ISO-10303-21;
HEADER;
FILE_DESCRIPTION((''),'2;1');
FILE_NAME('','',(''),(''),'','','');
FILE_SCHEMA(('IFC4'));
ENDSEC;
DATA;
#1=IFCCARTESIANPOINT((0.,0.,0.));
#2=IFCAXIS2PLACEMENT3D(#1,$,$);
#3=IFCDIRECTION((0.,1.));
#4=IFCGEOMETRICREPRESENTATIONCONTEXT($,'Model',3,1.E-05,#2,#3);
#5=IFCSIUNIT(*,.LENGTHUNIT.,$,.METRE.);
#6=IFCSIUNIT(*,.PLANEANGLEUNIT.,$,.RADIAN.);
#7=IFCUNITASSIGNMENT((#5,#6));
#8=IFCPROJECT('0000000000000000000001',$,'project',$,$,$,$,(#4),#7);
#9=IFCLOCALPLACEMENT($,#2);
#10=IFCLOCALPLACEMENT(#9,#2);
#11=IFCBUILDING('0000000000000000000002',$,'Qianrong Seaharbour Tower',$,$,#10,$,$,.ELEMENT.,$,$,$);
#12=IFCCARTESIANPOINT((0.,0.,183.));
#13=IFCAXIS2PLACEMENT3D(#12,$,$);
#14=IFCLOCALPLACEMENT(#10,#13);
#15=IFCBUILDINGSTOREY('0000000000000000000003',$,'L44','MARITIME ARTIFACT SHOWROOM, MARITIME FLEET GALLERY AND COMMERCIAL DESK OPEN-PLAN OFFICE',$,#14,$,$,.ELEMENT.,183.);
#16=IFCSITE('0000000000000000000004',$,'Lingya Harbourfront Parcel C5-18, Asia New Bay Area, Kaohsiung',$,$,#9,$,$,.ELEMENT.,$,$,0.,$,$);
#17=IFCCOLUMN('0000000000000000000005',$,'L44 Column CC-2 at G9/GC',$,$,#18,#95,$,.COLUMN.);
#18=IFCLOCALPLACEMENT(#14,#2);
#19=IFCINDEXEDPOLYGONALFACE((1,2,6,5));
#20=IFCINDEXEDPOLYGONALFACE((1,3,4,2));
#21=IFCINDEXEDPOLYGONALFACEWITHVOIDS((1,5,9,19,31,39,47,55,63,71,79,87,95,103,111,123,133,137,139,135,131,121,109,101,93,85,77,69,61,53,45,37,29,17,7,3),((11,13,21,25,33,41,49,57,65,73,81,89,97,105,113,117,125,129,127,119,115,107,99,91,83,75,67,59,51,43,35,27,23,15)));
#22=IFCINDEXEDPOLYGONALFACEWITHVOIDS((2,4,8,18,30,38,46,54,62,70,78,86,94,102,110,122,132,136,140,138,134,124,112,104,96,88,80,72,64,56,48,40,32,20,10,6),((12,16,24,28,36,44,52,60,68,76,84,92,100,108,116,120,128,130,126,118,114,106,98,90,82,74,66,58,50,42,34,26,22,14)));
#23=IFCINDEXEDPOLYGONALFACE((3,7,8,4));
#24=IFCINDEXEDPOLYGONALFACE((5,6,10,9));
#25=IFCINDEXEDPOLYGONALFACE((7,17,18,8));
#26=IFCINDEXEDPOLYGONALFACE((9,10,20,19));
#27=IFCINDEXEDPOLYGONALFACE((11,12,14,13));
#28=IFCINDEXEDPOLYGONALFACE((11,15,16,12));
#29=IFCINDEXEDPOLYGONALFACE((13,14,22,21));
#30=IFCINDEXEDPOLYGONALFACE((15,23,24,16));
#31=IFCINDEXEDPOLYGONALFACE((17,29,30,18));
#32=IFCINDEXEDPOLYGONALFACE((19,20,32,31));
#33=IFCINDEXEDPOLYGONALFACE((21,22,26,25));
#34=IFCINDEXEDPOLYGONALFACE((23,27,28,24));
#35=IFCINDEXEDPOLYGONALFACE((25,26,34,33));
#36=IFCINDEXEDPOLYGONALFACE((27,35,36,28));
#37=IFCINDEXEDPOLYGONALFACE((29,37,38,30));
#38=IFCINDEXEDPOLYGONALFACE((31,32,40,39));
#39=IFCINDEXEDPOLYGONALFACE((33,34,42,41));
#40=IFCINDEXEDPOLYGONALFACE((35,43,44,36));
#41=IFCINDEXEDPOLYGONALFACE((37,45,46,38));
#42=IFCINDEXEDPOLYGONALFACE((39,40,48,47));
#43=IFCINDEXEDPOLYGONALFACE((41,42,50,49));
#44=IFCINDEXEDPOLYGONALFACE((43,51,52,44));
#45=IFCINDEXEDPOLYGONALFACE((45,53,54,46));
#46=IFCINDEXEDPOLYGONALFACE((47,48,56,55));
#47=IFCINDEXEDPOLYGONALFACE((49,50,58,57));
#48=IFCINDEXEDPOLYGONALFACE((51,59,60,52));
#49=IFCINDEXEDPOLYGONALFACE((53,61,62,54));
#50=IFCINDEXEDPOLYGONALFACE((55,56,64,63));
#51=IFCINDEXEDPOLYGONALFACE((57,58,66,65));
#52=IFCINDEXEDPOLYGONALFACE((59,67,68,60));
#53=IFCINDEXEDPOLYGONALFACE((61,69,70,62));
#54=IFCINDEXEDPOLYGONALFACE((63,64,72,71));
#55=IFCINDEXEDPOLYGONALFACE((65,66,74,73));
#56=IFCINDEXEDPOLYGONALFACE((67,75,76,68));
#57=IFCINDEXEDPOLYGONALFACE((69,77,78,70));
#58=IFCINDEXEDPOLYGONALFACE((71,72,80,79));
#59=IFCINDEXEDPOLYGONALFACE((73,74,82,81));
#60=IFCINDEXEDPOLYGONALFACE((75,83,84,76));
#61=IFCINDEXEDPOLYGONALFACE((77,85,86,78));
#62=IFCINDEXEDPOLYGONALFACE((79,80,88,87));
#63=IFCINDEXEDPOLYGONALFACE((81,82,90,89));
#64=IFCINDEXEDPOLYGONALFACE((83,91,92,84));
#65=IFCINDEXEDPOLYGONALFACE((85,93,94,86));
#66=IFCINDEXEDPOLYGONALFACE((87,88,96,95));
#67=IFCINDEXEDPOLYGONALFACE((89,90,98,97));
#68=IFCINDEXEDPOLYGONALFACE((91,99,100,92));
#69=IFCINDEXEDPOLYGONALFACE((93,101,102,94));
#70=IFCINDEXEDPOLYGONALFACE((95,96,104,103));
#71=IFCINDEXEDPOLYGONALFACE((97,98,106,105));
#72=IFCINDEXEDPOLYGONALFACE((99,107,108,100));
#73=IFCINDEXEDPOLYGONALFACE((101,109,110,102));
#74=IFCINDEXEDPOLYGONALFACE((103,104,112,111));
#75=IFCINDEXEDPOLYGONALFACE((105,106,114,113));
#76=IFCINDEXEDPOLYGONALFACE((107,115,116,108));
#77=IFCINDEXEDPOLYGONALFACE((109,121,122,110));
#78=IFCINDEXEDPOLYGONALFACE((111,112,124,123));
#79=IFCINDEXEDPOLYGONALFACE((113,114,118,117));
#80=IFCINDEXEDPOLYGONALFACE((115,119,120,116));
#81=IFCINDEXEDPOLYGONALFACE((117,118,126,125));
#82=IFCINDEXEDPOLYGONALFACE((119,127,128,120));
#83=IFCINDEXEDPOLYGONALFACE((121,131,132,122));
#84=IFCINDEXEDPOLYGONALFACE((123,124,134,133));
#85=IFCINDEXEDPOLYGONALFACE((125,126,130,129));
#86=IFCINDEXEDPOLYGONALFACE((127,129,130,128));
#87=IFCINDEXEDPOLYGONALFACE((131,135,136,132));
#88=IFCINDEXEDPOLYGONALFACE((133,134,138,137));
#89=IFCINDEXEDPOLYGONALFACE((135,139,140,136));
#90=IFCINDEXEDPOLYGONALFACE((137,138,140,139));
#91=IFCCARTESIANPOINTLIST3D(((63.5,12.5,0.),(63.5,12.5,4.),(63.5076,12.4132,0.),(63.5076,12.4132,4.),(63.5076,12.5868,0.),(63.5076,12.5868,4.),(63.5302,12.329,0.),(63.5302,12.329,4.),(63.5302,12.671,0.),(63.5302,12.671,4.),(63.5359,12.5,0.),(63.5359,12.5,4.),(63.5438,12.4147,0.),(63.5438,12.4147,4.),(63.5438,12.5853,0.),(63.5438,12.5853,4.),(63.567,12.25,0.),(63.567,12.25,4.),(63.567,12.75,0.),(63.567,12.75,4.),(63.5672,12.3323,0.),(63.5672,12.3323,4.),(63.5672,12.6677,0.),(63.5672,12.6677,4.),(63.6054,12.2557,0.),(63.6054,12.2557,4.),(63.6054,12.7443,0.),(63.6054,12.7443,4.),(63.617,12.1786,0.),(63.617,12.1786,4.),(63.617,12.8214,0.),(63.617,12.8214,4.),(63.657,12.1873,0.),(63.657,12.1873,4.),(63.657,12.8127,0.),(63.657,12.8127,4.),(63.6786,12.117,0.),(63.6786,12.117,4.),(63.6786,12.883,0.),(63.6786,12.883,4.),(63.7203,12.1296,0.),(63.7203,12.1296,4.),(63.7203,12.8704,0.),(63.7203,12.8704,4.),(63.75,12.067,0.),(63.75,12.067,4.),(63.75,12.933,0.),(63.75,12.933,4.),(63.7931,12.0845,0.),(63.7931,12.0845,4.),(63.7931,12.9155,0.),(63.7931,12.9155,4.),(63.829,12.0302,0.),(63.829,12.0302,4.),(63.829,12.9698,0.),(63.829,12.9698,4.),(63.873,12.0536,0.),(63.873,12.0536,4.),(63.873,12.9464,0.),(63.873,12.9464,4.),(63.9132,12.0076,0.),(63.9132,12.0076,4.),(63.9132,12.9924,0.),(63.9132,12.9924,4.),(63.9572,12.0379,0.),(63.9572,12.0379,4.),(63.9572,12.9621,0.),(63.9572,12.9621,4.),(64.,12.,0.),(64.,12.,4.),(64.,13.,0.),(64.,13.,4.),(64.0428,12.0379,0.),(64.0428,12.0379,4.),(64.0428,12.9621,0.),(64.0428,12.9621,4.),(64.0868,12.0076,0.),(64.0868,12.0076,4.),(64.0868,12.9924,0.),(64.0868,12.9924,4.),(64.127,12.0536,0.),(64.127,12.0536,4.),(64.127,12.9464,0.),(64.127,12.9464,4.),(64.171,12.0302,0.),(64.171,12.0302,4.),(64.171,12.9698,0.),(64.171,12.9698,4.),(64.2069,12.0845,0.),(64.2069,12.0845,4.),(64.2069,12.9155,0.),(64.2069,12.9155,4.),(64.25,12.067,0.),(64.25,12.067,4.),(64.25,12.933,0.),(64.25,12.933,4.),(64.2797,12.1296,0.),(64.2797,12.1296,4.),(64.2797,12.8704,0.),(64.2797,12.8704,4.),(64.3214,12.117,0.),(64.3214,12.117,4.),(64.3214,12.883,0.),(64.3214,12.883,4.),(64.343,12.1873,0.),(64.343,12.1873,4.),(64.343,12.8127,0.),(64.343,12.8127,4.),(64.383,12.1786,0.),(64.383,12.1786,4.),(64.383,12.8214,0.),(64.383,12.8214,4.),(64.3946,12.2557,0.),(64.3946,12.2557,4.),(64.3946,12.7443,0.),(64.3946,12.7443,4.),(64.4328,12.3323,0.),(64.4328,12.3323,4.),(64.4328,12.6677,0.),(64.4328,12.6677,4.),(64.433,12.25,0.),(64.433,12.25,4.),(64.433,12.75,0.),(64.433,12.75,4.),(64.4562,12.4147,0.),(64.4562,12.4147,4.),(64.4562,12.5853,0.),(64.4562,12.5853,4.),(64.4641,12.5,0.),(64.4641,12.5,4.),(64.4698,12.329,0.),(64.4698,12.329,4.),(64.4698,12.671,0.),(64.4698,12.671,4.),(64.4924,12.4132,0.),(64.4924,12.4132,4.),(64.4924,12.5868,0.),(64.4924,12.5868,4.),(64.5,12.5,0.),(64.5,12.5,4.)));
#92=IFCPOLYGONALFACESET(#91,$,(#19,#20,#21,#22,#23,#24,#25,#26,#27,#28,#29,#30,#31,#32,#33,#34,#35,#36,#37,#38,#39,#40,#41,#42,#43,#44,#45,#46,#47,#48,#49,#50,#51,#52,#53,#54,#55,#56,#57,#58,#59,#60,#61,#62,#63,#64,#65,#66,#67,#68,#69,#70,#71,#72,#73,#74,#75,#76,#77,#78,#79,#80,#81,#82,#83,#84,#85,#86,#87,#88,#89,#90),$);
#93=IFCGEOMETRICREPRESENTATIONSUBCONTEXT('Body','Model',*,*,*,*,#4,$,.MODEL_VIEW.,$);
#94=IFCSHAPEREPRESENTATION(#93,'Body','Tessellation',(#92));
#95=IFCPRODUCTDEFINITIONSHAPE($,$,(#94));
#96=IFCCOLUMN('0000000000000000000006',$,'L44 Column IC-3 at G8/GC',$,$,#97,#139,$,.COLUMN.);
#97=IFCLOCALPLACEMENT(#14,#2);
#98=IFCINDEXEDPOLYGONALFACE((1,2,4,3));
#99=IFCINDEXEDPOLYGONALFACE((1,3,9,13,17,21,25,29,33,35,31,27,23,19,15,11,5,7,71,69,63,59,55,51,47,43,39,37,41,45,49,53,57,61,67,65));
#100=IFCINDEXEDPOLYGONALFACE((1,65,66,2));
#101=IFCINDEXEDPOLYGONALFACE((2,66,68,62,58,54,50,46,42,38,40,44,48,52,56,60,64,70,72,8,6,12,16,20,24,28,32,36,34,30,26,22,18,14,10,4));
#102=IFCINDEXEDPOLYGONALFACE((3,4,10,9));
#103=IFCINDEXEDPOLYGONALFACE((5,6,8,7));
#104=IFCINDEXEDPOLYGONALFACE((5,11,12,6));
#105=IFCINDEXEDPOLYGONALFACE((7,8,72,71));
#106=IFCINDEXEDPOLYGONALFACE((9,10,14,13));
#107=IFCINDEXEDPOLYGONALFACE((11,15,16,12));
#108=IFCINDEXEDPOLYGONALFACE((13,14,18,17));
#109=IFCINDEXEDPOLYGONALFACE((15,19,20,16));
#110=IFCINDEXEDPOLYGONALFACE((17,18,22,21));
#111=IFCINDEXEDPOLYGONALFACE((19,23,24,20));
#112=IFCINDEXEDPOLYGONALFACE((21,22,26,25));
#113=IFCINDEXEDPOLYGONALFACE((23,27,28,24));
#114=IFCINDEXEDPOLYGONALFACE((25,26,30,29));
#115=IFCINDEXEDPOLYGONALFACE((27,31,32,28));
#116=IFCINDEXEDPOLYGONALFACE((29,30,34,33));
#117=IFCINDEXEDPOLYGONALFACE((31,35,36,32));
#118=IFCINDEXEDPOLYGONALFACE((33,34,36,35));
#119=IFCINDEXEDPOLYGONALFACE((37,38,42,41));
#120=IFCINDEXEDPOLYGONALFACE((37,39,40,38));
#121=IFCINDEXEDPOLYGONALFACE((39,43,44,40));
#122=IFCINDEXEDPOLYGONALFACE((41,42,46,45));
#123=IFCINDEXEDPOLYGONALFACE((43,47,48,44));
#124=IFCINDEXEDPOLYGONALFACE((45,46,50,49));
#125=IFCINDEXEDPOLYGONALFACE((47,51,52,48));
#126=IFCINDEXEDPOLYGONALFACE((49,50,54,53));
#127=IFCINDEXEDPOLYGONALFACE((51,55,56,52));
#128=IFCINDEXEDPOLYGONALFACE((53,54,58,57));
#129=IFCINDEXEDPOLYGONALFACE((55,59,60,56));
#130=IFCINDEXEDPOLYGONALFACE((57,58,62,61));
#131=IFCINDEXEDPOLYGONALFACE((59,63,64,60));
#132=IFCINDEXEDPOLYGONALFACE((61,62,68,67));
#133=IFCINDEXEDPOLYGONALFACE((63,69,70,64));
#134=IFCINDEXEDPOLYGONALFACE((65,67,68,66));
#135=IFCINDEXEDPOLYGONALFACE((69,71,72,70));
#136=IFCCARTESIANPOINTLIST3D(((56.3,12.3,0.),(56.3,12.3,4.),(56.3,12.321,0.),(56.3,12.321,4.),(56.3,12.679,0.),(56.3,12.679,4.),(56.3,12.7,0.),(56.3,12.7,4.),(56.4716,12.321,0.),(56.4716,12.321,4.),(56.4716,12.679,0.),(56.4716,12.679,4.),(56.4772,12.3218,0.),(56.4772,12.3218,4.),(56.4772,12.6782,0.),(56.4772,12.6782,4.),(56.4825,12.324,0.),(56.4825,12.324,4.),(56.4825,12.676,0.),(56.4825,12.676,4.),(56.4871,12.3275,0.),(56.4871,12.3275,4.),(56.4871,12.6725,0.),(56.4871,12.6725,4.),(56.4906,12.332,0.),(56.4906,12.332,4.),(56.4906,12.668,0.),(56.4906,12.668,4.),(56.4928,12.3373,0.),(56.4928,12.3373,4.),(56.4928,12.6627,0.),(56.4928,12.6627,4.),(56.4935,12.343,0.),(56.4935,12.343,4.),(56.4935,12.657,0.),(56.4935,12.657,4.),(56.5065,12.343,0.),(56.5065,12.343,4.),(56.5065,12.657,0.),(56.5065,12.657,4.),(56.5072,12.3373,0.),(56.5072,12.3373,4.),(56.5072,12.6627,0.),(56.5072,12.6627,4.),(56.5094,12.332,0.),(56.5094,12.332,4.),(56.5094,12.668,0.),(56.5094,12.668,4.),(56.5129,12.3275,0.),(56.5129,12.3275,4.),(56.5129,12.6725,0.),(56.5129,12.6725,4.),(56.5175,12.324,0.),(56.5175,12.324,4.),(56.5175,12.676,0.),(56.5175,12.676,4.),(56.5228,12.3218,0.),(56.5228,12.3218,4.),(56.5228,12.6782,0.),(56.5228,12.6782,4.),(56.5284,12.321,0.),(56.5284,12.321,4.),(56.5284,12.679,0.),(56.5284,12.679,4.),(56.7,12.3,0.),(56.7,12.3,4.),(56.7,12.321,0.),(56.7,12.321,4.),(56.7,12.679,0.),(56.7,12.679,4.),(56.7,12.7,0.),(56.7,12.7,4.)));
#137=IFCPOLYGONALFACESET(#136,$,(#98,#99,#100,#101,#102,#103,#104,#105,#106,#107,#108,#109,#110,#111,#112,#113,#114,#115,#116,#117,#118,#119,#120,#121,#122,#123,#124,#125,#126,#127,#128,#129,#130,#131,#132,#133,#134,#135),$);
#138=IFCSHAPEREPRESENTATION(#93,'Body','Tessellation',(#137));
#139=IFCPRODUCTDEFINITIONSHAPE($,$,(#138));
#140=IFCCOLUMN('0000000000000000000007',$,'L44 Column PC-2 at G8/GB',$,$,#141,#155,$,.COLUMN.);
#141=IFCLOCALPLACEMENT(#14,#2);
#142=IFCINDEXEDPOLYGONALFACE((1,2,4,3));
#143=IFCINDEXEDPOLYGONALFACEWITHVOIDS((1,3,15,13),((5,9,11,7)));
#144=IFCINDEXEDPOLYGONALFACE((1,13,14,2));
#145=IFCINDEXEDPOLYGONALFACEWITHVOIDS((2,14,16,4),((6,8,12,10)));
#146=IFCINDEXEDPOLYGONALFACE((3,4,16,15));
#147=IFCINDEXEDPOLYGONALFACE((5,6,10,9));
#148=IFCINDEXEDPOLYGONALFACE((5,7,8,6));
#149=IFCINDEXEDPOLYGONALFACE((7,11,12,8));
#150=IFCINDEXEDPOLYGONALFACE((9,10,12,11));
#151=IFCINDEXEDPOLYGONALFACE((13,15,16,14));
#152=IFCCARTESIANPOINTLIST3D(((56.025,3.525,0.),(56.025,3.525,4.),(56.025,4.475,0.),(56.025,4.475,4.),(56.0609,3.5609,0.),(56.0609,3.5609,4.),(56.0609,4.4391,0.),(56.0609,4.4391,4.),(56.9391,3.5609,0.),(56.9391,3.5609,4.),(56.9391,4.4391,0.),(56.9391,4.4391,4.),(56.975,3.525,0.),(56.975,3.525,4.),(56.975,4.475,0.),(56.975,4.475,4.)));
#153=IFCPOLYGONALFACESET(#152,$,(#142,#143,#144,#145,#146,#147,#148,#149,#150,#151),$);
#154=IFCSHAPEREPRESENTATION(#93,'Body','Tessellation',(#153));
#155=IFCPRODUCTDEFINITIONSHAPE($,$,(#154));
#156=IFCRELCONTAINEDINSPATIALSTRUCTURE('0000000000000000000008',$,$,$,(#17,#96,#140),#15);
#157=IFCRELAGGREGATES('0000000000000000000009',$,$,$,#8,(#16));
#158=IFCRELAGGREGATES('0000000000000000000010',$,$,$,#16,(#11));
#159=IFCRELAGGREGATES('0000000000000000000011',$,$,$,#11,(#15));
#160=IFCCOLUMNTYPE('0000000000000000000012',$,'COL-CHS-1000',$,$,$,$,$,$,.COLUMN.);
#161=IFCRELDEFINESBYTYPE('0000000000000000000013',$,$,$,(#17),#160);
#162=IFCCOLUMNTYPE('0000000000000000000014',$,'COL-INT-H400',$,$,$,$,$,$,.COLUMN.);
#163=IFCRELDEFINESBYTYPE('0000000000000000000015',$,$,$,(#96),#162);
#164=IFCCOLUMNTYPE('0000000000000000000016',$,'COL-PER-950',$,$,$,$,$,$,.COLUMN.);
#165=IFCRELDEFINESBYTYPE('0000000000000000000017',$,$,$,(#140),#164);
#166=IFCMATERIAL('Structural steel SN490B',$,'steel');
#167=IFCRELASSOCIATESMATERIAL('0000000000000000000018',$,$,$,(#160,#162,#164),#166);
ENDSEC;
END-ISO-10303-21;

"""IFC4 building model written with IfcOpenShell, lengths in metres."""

from ifc_helpers import new_model, si_unit, direction, frame, origin, origin_2d, place, context, subcontext, project, spatial, hollow_rectangle, hollow_circle, i_section, extrude, material, material_profile, profile_set, type_object, element, save


model = new_model("IFC4")

# Units and contexts
model_context = context("Model", 3, precision=1e-05, world=origin(), true_north=direction((0.0, 1.0)))
body_context = subcontext(model_context, "Body", "Model", "MODEL_VIEW")
ifc_project = project(units=[si_unit("LENGTHUNIT", "METRE"), si_unit("PLANEANGLEUNIT", "RADIAN")], contexts=[model_context])

# Site, building, storey
site_placement = place(None, origin())
site = spatial("IfcSite", under=ifc_project, at=site_placement, Name="Lingya Harbourfront Parcel C5-18, Asia New Bay Area, Kaohsiung", CompositionType="ELEMENT", RefElevation=0.0)
building_placement = place(site_placement, origin())
building = spatial("IfcBuilding", under=site, at=building_placement, Name="Qianrong Seaharbour Tower", CompositionType="ELEMENT")
storey_placement = place(building_placement, frame((0.0, 0.0, 183.0)))
storey = spatial("IfcBuildingStorey", under=building, at=storey_placement, Name="L44", Description="MARITIME ARTIFACT SHOWROOM, MARITIME FLEET GALLERY AND COMMERCIAL DESK OPEN-PLAN OFFICE", CompositionType="ELEMENT", Elevation=183.0)

# Columns
ifc_material_1 = material(Name="Structural steel SN490B", Category="steel")
ifc_material_profile_1 = material_profile(ifc_material_1, hollow_circle(Radius=0.5, WallThickness=0.0359, at=origin_2d()), Name="CHS1000x36")
ifc_profile_set_1 = profile_set([ifc_material_profile_1], Name="Structural steel SN490B")
column_type_1 = type_object("IfcColumnType", Name="COL-CHS-1000", PredefinedType="COLUMN", material=ifc_profile_set_1)
column_1_placement = place(storey_placement, frame((64.0, 12.5, 0.0), z_axis=(0.0, 0.0, 1.0), x_axis=(1.0, 0.0, 0.0)))
element("IfcColumn", 1, at=column_1_placement, inside=storey, type_object=column_type_1, Name="L44 Column CC-2 at G9/GC", PredefinedType="COLUMN", context=body_context, shape_type="SweptSolid", body=[
    extrude(hollow_circle(Radius=0.5, WallThickness=0.0359, at=origin_2d()), origin(), (0.0, 0.0, 1.0), 4.0),
])
ifc_material_profile_2 = material_profile(ifc_material_1, i_section(OverallWidth=0.3999, OverallDepth=0.3999, WebThickness=0.0129, FlangeThickness=0.021, FilletRadius=0.022, at=origin_2d()), Name="H400x400x13x21")
ifc_profile_set_2 = profile_set([ifc_material_profile_2], Name="Structural steel SN490B")
column_type_2 = type_object("IfcColumnType", Name="COL-INT-H400", PredefinedType="COLUMN", material=ifc_profile_set_2)
column_2_placement = place(storey_placement, frame((56.5, 12.5, 0.0), z_axis=(0.0, 0.0, 1.0), x_axis=(1.0, 0.0, 0.0)))
element("IfcColumn", 2, at=column_2_placement, inside=storey, type_object=column_type_2, Name="L44 Column IC-3 at G8/GC", PredefinedType="COLUMN", context=body_context, shape_type="SweptSolid", body=[
    extrude(i_section(OverallWidth=0.3999, OverallDepth=0.3999, WebThickness=0.0129, FlangeThickness=0.021, FilletRadius=0.022, at=origin_2d()), origin(), (0.0, 0.0, 1.0), 4.0),
])
ifc_material_profile_3 = material_profile(ifc_material_1, hollow_rectangle(XDim=0.95, YDim=0.95, WallThickness=0.0359, at=origin_2d()), Name="BOX950x950x36")
ifc_profile_set_3 = profile_set([ifc_material_profile_3], Name="Structural steel SN490B")
column_type_3 = type_object("IfcColumnType", Name="COL-PER-950", PredefinedType="COLUMN", material=ifc_profile_set_3)
column_3_placement = place(storey_placement, frame((56.5, 4.0, 0.0), z_axis=(0.0, 0.0, 1.0), x_axis=(1.0, 0.0, 0.0)))
element("IfcColumn", 3, at=column_3_placement, inside=storey, type_object=column_type_3, Name="L44 Column PC-2 at G8/GB", PredefinedType="COLUMN", context=body_context, shape_type="SweptSolid", body=[
    extrude(hollow_rectangle(XDim=0.95, YDim=0.95, WallThickness=0.0359, at=origin_2d()), origin(), (0.0, 0.0, 1.0), 4.0),
])

save(model, "model.ifc")
